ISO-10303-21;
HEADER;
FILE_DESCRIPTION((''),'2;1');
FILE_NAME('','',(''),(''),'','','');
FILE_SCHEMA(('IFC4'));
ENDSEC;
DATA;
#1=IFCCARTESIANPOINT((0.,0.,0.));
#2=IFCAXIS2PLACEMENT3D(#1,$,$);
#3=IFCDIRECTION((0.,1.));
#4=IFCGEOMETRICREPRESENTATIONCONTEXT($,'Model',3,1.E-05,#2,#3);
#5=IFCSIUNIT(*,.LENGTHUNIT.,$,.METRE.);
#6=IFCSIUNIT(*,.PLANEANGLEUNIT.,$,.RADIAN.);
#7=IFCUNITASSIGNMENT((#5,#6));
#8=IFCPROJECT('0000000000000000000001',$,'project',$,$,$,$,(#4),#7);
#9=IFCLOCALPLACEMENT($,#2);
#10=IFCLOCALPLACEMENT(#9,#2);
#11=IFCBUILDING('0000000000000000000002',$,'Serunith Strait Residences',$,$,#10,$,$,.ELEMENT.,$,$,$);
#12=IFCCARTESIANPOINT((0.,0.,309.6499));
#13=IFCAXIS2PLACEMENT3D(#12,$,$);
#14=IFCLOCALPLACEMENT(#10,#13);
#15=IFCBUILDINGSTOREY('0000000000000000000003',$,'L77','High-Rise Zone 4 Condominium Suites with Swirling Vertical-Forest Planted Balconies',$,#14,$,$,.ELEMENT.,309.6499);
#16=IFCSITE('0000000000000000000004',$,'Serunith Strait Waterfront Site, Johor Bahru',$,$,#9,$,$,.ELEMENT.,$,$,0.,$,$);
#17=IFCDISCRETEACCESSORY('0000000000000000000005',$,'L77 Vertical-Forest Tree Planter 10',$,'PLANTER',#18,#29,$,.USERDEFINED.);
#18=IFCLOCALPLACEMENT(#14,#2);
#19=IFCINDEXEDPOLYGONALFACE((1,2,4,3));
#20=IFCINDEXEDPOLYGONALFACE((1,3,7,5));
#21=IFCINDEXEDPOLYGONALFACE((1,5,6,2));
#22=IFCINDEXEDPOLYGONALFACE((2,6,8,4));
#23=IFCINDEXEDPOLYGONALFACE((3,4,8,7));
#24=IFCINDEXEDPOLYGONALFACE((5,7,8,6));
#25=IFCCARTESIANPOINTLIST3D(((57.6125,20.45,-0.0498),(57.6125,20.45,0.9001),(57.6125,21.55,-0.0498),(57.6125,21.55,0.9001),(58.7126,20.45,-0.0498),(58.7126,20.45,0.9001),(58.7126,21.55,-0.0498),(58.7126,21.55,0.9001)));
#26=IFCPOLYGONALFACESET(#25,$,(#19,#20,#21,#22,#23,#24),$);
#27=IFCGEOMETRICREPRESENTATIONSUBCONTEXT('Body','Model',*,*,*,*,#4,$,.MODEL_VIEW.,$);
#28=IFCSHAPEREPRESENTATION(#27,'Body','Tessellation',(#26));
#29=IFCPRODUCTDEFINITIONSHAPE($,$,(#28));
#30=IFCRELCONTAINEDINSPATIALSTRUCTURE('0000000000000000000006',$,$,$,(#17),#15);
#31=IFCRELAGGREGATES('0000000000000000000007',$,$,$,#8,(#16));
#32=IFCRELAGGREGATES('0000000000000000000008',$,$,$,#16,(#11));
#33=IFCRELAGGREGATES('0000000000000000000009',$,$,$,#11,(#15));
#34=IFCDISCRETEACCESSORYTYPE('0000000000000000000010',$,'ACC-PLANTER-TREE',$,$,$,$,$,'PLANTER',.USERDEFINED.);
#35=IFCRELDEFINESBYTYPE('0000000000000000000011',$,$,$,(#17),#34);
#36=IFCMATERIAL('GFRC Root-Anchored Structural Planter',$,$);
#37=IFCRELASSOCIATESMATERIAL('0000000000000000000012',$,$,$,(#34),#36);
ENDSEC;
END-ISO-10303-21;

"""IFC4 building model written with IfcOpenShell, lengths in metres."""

from ifc_helpers import new_model, si_unit, direction, frame, origin, origin_2d, place, context, subcontext, project, spatial, rectangle, extrude, source, transform, mapped, material, type_object, element, save


model = new_model("IFC4")

# Units and contexts
model_context = context("Model", 3, precision=1e-05, world=origin(), true_north=direction((0.0, 1.0)))
body_context = subcontext(model_context, "Body", "Model", "MODEL_VIEW")
ifc_project = project(units=[si_unit("LENGTHUNIT", "METRE"), si_unit("PLANEANGLEUNIT", "RADIAN")], contexts=[model_context])

# Site, building, storey
site_placement = place(None, origin())
site = spatial("IfcSite", under=ifc_project, at=site_placement, Name="Serunith Strait Waterfront Site, Johor Bahru", CompositionType="ELEMENT", RefElevation=0.0)
building_placement = place(site_placement, origin())
building = spatial("IfcBuilding", under=site, at=building_placement, Name="Serunith Strait Residences", CompositionType="ELEMENT")
storey_placement = place(building_placement, frame((0.0, 0.0, 309.6499)))
storey = spatial("IfcBuildingStorey", under=building, at=storey_placement, Name="L77", Description="High-Rise Zone 4 Condominium Suites with Swirling Vertical-Forest Planted Balconies", CompositionType="ELEMENT", Elevation=309.6499)

# Discrete accessory
ifc_material_1 = material(Name="GFRC Root-Anchored Structural Planter")
discrete_accessory_type = type_object("IfcDiscreteAccessoryType", Name="ACC-PLANTER-TREE", ElementType="PLANTER", PredefinedType="USERDEFINED", material=ifc_material_1)
shared_shape_1 = source(origin(), body_context, "Body", "SweptSolid", [
    extrude(rectangle(XDim=1.1001, YDim=1.1001, at=origin_2d()), origin(), (0.0, 0.0, 1.0), 0.95),
])
discrete_accessory_placement = place(storey_placement, frame((58.1626, 21.0, -0.0498), z_axis=(0.0, 0.0, 1.0), x_axis=(0.0, 1.0, 0.0)))
element("IfcDiscreteAccessory", 1, at=discrete_accessory_placement, inside=storey, type_object=discrete_accessory_type, Name="L77 Vertical-Forest Tree Planter 10", ObjectType="PLANTER", PredefinedType="USERDEFINED", context=body_context, shape_type="MappedRepresentation", body=[
    mapped(shared_shape_1, transform((0.0, 0.0, 0.0), scale=1.0)),
])

save(model, "model.ifc")
